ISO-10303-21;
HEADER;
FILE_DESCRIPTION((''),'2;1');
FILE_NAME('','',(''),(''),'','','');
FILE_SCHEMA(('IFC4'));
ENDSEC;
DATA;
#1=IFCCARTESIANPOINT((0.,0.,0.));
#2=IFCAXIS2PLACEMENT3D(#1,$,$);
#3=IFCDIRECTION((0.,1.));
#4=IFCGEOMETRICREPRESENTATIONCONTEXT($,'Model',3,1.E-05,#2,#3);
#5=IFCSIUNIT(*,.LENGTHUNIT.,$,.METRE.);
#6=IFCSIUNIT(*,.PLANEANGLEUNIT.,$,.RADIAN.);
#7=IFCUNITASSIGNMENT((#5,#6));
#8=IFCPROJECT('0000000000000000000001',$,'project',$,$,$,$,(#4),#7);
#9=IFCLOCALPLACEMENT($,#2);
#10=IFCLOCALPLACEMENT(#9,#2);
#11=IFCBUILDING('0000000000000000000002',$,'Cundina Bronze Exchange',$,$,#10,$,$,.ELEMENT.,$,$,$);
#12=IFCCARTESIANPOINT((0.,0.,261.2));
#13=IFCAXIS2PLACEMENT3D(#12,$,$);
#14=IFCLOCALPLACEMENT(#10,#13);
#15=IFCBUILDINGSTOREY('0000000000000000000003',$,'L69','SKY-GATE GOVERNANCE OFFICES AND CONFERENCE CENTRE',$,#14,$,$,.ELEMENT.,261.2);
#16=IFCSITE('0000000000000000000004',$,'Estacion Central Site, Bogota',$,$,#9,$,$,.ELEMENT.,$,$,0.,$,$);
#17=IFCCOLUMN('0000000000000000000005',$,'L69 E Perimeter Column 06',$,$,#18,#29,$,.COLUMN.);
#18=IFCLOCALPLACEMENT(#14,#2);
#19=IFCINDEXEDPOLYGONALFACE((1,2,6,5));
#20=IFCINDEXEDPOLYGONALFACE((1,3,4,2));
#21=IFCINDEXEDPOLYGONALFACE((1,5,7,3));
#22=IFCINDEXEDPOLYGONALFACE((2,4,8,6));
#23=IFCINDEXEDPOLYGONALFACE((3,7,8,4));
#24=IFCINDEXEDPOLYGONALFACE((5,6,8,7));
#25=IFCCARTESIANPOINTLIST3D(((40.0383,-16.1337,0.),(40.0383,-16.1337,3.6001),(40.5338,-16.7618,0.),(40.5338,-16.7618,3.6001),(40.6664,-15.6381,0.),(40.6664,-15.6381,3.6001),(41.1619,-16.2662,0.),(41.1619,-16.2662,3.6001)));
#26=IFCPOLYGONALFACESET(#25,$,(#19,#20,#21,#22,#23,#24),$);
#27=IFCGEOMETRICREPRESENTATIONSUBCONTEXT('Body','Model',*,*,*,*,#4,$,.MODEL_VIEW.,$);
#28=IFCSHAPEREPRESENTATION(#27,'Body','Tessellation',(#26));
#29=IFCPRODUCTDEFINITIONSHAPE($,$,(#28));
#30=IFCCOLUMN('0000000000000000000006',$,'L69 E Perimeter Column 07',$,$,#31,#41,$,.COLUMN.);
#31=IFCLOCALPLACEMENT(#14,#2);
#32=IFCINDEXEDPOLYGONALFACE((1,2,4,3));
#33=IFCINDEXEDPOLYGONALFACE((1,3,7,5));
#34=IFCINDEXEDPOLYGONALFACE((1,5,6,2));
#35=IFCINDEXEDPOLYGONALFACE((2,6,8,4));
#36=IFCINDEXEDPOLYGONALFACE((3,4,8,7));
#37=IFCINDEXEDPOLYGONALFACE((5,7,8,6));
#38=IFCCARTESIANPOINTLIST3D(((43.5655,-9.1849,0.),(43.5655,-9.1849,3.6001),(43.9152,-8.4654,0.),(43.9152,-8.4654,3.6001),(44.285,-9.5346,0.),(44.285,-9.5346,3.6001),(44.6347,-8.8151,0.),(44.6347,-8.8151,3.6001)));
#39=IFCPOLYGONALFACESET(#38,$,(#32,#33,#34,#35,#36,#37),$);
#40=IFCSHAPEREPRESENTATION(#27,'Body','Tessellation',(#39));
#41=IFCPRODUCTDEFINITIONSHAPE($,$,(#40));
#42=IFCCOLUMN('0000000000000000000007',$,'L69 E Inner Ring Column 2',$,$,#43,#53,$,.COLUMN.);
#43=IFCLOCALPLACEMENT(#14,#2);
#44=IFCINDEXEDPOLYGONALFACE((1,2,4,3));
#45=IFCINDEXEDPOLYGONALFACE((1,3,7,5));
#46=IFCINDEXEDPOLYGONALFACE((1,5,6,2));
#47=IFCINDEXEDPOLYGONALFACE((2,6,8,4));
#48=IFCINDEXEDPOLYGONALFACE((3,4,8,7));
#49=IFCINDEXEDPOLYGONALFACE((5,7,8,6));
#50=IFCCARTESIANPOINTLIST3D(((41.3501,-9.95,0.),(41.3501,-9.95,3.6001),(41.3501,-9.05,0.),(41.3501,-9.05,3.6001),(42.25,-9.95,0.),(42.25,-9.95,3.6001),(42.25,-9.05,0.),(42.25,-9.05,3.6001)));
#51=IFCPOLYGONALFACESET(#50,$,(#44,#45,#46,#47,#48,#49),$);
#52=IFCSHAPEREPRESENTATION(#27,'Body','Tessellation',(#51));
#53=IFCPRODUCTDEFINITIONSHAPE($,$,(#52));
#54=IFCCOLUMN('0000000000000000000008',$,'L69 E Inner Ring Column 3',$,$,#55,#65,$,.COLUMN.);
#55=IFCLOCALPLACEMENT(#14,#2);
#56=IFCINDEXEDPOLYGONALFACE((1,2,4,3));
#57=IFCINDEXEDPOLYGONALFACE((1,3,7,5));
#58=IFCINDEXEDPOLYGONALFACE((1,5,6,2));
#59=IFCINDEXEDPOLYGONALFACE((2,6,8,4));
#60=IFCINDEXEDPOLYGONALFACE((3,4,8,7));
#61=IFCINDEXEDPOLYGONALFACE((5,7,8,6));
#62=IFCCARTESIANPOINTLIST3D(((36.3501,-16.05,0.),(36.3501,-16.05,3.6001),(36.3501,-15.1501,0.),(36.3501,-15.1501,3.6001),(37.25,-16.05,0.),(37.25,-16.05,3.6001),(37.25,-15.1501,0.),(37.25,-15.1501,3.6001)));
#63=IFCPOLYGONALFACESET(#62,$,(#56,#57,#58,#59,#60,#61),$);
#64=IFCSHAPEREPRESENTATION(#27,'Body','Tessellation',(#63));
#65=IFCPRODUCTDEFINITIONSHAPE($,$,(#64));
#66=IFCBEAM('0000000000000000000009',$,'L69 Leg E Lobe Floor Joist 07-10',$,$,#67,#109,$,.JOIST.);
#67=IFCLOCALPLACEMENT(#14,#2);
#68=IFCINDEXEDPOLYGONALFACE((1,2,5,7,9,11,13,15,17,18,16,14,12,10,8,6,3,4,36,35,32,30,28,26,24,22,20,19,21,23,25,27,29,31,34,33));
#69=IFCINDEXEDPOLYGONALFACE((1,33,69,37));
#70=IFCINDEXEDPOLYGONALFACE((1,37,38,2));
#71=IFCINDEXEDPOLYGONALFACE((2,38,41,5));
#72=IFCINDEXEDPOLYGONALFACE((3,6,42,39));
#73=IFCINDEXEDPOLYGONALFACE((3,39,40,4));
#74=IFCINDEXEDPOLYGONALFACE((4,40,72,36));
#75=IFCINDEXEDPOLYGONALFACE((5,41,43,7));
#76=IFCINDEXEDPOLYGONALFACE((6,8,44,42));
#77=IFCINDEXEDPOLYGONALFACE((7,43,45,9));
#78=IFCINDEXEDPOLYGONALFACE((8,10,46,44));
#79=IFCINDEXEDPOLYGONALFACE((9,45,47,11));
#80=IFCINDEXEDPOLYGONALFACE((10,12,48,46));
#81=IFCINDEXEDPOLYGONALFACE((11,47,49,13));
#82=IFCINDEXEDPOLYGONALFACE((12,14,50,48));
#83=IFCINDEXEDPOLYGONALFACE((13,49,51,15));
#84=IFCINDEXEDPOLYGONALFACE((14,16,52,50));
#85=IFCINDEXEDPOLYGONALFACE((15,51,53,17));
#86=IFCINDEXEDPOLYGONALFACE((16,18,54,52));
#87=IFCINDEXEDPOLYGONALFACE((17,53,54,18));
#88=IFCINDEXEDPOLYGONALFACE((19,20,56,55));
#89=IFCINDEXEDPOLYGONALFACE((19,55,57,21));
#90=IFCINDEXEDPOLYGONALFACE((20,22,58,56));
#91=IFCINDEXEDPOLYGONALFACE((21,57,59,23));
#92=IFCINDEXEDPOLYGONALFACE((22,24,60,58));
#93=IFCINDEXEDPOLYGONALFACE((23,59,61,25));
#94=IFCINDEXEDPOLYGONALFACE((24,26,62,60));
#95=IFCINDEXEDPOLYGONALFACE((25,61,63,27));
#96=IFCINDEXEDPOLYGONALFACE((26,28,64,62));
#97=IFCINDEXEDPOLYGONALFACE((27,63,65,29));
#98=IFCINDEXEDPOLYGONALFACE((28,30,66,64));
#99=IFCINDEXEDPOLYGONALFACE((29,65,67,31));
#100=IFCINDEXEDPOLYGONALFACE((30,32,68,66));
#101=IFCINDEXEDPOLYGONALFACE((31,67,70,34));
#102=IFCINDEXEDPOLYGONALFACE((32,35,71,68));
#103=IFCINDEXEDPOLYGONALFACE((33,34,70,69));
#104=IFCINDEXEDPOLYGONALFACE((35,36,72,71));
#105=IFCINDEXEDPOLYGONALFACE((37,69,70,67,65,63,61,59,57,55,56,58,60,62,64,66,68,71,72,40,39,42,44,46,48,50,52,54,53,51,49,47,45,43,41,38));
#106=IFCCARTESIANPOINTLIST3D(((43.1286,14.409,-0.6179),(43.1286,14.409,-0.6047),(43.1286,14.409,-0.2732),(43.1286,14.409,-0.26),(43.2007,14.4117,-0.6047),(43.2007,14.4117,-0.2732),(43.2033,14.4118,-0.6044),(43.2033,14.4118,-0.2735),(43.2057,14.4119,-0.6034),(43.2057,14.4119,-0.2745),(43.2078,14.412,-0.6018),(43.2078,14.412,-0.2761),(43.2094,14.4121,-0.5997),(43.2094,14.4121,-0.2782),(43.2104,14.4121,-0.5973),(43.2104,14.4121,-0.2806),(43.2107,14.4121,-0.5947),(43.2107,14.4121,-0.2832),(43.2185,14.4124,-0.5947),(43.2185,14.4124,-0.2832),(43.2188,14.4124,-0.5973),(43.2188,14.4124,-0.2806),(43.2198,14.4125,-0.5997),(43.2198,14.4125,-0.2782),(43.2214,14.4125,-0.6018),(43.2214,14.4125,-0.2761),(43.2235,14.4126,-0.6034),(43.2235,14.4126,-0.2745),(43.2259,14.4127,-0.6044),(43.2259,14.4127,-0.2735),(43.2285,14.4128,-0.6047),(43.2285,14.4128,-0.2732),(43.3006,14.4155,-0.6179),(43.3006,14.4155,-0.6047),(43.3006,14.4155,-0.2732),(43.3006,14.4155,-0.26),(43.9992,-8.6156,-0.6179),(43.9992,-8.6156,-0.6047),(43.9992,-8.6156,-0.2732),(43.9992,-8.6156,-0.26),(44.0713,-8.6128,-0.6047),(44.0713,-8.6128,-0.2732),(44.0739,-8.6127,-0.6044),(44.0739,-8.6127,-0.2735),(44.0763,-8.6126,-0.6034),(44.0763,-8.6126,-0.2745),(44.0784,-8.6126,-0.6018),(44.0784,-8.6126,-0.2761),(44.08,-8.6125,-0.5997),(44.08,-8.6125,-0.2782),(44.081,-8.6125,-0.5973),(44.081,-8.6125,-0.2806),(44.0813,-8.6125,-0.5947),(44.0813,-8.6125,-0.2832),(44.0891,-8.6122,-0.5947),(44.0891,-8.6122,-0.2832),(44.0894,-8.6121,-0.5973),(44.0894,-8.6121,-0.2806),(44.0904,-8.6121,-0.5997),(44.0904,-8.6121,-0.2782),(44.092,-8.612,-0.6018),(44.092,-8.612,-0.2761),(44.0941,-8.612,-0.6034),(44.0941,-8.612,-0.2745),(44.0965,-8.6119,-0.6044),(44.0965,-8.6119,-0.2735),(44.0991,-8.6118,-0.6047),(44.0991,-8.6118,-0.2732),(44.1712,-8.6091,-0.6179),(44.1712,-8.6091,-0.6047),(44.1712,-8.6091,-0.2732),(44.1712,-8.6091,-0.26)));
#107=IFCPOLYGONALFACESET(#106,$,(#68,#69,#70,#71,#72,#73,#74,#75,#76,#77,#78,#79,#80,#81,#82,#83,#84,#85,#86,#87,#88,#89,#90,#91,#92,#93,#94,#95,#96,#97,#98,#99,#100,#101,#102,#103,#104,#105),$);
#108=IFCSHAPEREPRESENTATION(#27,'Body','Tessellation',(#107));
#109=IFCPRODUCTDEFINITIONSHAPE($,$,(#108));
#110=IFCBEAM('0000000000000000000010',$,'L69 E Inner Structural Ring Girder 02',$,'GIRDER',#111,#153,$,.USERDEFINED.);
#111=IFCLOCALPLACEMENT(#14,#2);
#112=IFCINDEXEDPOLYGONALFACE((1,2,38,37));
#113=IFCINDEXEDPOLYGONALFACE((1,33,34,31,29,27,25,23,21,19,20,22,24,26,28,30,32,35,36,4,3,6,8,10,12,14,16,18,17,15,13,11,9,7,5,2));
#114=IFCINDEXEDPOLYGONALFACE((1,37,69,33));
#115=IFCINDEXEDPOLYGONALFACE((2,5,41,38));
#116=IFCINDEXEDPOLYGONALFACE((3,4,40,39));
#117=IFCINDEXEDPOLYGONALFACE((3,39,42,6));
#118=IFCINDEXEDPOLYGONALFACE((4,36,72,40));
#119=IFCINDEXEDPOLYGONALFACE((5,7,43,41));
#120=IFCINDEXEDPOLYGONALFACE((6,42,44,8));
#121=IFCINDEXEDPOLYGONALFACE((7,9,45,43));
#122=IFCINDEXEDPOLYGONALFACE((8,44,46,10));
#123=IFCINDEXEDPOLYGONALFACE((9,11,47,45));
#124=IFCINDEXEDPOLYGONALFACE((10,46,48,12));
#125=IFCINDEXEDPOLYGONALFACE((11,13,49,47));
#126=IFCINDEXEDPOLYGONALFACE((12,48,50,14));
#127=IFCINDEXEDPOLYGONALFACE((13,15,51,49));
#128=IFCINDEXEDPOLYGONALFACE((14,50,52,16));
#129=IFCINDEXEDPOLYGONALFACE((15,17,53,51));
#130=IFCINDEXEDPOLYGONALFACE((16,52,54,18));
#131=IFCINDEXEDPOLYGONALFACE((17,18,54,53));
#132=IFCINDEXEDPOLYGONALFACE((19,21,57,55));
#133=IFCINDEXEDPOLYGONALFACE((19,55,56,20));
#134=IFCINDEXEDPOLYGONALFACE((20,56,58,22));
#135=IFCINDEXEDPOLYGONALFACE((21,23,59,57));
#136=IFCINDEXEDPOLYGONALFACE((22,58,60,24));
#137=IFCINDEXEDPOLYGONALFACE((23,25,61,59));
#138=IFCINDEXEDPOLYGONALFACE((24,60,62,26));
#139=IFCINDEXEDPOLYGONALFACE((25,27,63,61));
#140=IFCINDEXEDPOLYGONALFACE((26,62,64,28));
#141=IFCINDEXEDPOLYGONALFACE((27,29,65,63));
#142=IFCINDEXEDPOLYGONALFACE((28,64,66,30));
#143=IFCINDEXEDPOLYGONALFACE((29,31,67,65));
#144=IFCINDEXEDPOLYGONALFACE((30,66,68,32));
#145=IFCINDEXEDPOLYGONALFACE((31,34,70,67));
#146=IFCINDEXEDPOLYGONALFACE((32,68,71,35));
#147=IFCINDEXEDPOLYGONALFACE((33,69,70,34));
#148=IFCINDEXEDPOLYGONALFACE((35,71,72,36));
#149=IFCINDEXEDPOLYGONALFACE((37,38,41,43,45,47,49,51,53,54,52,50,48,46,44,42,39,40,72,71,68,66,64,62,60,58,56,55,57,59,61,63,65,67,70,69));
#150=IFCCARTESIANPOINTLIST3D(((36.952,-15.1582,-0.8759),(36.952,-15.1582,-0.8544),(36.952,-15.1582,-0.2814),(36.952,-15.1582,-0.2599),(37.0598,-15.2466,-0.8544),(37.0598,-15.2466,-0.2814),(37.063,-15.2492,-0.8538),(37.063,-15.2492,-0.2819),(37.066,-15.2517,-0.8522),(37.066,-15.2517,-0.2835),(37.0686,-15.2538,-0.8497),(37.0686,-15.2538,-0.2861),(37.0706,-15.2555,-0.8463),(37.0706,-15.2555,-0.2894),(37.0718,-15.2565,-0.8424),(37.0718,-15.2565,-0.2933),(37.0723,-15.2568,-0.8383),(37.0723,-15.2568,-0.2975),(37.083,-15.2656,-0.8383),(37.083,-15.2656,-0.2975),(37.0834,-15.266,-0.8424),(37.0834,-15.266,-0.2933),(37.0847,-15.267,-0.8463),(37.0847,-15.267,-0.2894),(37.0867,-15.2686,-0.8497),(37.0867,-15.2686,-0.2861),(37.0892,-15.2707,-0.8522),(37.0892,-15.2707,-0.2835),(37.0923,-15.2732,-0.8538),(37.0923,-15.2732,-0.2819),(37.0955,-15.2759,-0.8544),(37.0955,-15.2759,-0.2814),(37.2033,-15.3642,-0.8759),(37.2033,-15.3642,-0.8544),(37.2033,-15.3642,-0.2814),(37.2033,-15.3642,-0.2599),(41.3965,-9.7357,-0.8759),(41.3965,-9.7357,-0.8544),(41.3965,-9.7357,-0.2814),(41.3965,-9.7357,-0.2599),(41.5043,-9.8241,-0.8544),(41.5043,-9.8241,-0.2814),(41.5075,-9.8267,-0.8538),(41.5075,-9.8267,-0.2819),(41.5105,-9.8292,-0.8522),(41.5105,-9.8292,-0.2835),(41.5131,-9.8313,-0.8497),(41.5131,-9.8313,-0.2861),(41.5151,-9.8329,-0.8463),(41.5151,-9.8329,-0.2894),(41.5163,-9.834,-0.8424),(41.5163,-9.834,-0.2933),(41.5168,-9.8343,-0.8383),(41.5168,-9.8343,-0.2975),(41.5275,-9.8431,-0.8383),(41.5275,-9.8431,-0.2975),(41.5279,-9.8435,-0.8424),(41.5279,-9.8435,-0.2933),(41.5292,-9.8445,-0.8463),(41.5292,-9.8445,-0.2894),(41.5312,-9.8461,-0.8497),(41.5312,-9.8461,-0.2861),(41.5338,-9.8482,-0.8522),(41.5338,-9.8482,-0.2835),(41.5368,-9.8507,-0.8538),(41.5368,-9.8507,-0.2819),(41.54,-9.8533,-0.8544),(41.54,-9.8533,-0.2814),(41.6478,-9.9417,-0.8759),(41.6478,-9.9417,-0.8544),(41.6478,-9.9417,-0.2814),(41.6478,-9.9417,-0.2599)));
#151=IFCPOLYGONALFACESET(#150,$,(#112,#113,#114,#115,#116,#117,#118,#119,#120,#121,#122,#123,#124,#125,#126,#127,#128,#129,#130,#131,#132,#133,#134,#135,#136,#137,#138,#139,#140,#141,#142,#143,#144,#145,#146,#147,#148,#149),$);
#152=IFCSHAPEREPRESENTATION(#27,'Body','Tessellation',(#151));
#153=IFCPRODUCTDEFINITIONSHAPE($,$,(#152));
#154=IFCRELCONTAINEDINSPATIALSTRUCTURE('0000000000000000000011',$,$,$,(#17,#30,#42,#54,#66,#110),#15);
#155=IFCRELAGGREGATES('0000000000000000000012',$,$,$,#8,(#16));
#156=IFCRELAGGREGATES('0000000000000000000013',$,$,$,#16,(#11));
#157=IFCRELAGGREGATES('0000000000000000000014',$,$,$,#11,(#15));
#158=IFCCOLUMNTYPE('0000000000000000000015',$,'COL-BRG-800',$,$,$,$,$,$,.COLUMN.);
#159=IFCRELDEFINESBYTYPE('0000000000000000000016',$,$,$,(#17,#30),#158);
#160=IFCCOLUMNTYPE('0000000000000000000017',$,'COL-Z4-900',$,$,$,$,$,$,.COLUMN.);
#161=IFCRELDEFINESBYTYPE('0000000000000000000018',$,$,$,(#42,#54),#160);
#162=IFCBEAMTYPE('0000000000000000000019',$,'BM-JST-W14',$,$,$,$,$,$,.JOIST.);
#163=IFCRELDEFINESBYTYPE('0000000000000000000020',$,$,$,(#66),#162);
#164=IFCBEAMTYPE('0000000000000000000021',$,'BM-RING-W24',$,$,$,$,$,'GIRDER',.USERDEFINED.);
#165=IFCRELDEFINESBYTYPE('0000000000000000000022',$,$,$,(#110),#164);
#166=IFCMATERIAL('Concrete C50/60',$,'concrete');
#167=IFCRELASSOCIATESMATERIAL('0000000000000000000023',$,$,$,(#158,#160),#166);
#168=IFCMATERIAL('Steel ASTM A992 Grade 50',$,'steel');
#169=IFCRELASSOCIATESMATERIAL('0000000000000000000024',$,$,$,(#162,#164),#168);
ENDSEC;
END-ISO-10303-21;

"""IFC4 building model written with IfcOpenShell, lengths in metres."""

from ifc_helpers import new_model, si_unit, direction, frame, origin, origin_2d, place, context, subcontext, project, spatial, rectangle, i_section, extrude, material, material_profile, profile_set, type_object, element, save


model = new_model("IFC4")

# Units and contexts
model_context = context("Model", 3, precision=1e-05, world=origin(), true_north=direction((0.0, 1.0)))
body_context = subcontext(model_context, "Body", "Model", "MODEL_VIEW")
ifc_project = project(units=[si_unit("LENGTHUNIT", "METRE"), si_unit("PLANEANGLEUNIT", "RADIAN")], contexts=[model_context])

# Site, building, storey
site_placement = place(None, origin())
site = spatial("IfcSite", under=ifc_project, at=site_placement, Name="Estacion Central Site, Bogota", CompositionType="ELEMENT", RefElevation=0.0)
building_placement = place(site_placement, origin())
building = spatial("IfcBuilding", under=site, at=building_placement, Name="Cundina Bronze Exchange", CompositionType="ELEMENT")
storey_placement = place(building_placement, frame((0.0, 0.0, 261.2)))
storey = spatial("IfcBuildingStorey", under=building, at=storey_placement, Name="L69", Description="SKY-GATE GOVERNANCE OFFICES AND CONFERENCE CENTRE", CompositionType="ELEMENT", Elevation=261.2)

# Columns
ifc_material_1 = material(Name="Concrete C50/60", Category="concrete")
ifc_material_profile_1 = material_profile(ifc_material_1, rectangle(XDim=0.8, YDim=0.8, at=origin_2d()), Name="RC800X800", Category="concrete")
ifc_profile_set_1 = profile_set([ifc_material_profile_1], Name="Concrete C50/60")
column_type_1 = type_object("IfcColumnType", Name="COL-BRG-800", PredefinedType="COLUMN", material=ifc_profile_set_1)
for number, where, z_axis, x_axis, name in (
    (1, (40.6001, -16.2, 0.0), (0.0, 0.0, 1.0), (0.785101, 0.619368, 0.0), "L69 E Perimeter Column 06"),
    (2, (44.1001, -9.0, 0.0), (0.0, 0.0, 1.0), (0.437116, 0.899405, 0.0), "L69 E Perimeter Column 07"),
):
    element("IfcColumn", number, at=place(storey_placement, frame(where, z_axis=z_axis, x_axis=x_axis)), inside=storey, type_object=column_type_1, Name=name, PredefinedType="COLUMN", context=body_context, shape_type="SweptSolid", body=[
        extrude(rectangle(XDim=0.8, YDim=0.8, at=origin_2d()), origin(), (0.0, 0.0, 1.0), 3.6001),
    ])
ifc_material_profile_2 = material_profile(ifc_material_1, rectangle(XDim=0.8999, YDim=0.8999, at=origin_2d()), Name="RC900X900", Category="concrete")
ifc_profile_set_2 = profile_set([ifc_material_profile_2], Name="Concrete C50/60")
column_type_2 = type_object("IfcColumnType", Name="COL-Z4-900", PredefinedType="COLUMN", material=ifc_profile_set_2)
for number, where, z_axis, x_axis, name in (
    (3, (41.8, -9.5, 0.0), (0.0, 0.0, 1.0), (1.0, 0.0, 0.0), "L69 E Inner Ring Column 2"),
    (4, (36.8, -15.6001, 0.0), (0.0, 0.0, 1.0), (1.0, 0.0, 0.0), "L69 E Inner Ring Column 3"),
):
    element("IfcColumn", number, at=place(storey_placement, frame(where, z_axis=z_axis, x_axis=x_axis)), inside=storey, type_object=column_type_2, Name=name, PredefinedType="COLUMN", context=body_context, shape_type="SweptSolid", body=[
        extrude(rectangle(XDim=0.8999, YDim=0.8999, at=origin_2d()), origin(), (0.0, 0.0, 1.0), 3.6001),
    ])

# Beams
ifc_material_2 = material(Name="Steel ASTM A992 Grade 50", Category="steel")
ifc_material_profile_3 = material_profile(ifc_material_2, i_section(OverallWidth=0.1721, OverallDepth=0.3579, WebThickness=0.0078, FlangeThickness=0.0132, FilletRadius=0.01, at=origin_2d()), Name="W14X38", Category="steel")
ifc_profile_set_3 = profile_set([ifc_material_profile_3], Name="Steel ASTM A992 Grade 50")
beam_type_1 = type_object("IfcBeamType", Name="BM-JST-W14", PredefinedType="JOIST", material=ifc_profile_set_3)
beam_1_placement = place(storey_placement, frame((44.0852, -8.6123, -0.439), z_axis=(-0.037785, 0.999286, 0.0), x_axis=(-0.999286, -0.037785, 0.0)))
element("IfcBeam", 5, at=beam_1_placement, inside=storey, type_object=beam_type_1, Name="L69 Leg E Lobe Floor Joist 07-10", PredefinedType="JOIST", context=body_context, shape_type="SweptSolid", body=[
    extrude(i_section(OverallWidth=0.1721, OverallDepth=0.3579, WebThickness=0.0078, FlangeThickness=0.0132, FilletRadius=0.01, at=origin_2d()), origin(), (0.0, 0.0, 1.0), 23.041),
])
ifc_material_profile_4 = material_profile(ifc_material_2, i_section(OverallWidth=0.325, OverallDepth=0.616, WebThickness=0.0139, FlangeThickness=0.0215, FilletRadius=0.0161, at=origin_2d()), Name="W24X117", Category="steel")
ifc_profile_set_4 = profile_set([ifc_material_profile_4], Name="Steel ASTM A992 Grade 50")
beam_type_2 = type_object("IfcBeamType", Name="BM-RING-W24", ElementType="GIRDER", PredefinedType="USERDEFINED", material=ifc_profile_set_4)
beam_2_placement = place(storey_placement, frame((37.0776, -15.2612, -0.5679), z_axis=(0.633913, 0.773405, 0.0), x_axis=(-0.773405, 0.633913, 0.0)))
element("IfcBeam", 6, at=beam_2_placement, inside=storey, type_object=beam_type_2, Name="L69 E Inner Structural Ring Girder 02", ObjectType="GIRDER", PredefinedType="USERDEFINED", context=body_context, shape_type="SweptSolid", body=[
    extrude(i_section(OverallWidth=0.325, OverallDepth=0.616, WebThickness=0.0139, FlangeThickness=0.0215, FilletRadius=0.0161, at=origin_2d()), origin(), (0.0, 0.0, 1.0), 7.0112),
])

save(model, "model.ifc")
